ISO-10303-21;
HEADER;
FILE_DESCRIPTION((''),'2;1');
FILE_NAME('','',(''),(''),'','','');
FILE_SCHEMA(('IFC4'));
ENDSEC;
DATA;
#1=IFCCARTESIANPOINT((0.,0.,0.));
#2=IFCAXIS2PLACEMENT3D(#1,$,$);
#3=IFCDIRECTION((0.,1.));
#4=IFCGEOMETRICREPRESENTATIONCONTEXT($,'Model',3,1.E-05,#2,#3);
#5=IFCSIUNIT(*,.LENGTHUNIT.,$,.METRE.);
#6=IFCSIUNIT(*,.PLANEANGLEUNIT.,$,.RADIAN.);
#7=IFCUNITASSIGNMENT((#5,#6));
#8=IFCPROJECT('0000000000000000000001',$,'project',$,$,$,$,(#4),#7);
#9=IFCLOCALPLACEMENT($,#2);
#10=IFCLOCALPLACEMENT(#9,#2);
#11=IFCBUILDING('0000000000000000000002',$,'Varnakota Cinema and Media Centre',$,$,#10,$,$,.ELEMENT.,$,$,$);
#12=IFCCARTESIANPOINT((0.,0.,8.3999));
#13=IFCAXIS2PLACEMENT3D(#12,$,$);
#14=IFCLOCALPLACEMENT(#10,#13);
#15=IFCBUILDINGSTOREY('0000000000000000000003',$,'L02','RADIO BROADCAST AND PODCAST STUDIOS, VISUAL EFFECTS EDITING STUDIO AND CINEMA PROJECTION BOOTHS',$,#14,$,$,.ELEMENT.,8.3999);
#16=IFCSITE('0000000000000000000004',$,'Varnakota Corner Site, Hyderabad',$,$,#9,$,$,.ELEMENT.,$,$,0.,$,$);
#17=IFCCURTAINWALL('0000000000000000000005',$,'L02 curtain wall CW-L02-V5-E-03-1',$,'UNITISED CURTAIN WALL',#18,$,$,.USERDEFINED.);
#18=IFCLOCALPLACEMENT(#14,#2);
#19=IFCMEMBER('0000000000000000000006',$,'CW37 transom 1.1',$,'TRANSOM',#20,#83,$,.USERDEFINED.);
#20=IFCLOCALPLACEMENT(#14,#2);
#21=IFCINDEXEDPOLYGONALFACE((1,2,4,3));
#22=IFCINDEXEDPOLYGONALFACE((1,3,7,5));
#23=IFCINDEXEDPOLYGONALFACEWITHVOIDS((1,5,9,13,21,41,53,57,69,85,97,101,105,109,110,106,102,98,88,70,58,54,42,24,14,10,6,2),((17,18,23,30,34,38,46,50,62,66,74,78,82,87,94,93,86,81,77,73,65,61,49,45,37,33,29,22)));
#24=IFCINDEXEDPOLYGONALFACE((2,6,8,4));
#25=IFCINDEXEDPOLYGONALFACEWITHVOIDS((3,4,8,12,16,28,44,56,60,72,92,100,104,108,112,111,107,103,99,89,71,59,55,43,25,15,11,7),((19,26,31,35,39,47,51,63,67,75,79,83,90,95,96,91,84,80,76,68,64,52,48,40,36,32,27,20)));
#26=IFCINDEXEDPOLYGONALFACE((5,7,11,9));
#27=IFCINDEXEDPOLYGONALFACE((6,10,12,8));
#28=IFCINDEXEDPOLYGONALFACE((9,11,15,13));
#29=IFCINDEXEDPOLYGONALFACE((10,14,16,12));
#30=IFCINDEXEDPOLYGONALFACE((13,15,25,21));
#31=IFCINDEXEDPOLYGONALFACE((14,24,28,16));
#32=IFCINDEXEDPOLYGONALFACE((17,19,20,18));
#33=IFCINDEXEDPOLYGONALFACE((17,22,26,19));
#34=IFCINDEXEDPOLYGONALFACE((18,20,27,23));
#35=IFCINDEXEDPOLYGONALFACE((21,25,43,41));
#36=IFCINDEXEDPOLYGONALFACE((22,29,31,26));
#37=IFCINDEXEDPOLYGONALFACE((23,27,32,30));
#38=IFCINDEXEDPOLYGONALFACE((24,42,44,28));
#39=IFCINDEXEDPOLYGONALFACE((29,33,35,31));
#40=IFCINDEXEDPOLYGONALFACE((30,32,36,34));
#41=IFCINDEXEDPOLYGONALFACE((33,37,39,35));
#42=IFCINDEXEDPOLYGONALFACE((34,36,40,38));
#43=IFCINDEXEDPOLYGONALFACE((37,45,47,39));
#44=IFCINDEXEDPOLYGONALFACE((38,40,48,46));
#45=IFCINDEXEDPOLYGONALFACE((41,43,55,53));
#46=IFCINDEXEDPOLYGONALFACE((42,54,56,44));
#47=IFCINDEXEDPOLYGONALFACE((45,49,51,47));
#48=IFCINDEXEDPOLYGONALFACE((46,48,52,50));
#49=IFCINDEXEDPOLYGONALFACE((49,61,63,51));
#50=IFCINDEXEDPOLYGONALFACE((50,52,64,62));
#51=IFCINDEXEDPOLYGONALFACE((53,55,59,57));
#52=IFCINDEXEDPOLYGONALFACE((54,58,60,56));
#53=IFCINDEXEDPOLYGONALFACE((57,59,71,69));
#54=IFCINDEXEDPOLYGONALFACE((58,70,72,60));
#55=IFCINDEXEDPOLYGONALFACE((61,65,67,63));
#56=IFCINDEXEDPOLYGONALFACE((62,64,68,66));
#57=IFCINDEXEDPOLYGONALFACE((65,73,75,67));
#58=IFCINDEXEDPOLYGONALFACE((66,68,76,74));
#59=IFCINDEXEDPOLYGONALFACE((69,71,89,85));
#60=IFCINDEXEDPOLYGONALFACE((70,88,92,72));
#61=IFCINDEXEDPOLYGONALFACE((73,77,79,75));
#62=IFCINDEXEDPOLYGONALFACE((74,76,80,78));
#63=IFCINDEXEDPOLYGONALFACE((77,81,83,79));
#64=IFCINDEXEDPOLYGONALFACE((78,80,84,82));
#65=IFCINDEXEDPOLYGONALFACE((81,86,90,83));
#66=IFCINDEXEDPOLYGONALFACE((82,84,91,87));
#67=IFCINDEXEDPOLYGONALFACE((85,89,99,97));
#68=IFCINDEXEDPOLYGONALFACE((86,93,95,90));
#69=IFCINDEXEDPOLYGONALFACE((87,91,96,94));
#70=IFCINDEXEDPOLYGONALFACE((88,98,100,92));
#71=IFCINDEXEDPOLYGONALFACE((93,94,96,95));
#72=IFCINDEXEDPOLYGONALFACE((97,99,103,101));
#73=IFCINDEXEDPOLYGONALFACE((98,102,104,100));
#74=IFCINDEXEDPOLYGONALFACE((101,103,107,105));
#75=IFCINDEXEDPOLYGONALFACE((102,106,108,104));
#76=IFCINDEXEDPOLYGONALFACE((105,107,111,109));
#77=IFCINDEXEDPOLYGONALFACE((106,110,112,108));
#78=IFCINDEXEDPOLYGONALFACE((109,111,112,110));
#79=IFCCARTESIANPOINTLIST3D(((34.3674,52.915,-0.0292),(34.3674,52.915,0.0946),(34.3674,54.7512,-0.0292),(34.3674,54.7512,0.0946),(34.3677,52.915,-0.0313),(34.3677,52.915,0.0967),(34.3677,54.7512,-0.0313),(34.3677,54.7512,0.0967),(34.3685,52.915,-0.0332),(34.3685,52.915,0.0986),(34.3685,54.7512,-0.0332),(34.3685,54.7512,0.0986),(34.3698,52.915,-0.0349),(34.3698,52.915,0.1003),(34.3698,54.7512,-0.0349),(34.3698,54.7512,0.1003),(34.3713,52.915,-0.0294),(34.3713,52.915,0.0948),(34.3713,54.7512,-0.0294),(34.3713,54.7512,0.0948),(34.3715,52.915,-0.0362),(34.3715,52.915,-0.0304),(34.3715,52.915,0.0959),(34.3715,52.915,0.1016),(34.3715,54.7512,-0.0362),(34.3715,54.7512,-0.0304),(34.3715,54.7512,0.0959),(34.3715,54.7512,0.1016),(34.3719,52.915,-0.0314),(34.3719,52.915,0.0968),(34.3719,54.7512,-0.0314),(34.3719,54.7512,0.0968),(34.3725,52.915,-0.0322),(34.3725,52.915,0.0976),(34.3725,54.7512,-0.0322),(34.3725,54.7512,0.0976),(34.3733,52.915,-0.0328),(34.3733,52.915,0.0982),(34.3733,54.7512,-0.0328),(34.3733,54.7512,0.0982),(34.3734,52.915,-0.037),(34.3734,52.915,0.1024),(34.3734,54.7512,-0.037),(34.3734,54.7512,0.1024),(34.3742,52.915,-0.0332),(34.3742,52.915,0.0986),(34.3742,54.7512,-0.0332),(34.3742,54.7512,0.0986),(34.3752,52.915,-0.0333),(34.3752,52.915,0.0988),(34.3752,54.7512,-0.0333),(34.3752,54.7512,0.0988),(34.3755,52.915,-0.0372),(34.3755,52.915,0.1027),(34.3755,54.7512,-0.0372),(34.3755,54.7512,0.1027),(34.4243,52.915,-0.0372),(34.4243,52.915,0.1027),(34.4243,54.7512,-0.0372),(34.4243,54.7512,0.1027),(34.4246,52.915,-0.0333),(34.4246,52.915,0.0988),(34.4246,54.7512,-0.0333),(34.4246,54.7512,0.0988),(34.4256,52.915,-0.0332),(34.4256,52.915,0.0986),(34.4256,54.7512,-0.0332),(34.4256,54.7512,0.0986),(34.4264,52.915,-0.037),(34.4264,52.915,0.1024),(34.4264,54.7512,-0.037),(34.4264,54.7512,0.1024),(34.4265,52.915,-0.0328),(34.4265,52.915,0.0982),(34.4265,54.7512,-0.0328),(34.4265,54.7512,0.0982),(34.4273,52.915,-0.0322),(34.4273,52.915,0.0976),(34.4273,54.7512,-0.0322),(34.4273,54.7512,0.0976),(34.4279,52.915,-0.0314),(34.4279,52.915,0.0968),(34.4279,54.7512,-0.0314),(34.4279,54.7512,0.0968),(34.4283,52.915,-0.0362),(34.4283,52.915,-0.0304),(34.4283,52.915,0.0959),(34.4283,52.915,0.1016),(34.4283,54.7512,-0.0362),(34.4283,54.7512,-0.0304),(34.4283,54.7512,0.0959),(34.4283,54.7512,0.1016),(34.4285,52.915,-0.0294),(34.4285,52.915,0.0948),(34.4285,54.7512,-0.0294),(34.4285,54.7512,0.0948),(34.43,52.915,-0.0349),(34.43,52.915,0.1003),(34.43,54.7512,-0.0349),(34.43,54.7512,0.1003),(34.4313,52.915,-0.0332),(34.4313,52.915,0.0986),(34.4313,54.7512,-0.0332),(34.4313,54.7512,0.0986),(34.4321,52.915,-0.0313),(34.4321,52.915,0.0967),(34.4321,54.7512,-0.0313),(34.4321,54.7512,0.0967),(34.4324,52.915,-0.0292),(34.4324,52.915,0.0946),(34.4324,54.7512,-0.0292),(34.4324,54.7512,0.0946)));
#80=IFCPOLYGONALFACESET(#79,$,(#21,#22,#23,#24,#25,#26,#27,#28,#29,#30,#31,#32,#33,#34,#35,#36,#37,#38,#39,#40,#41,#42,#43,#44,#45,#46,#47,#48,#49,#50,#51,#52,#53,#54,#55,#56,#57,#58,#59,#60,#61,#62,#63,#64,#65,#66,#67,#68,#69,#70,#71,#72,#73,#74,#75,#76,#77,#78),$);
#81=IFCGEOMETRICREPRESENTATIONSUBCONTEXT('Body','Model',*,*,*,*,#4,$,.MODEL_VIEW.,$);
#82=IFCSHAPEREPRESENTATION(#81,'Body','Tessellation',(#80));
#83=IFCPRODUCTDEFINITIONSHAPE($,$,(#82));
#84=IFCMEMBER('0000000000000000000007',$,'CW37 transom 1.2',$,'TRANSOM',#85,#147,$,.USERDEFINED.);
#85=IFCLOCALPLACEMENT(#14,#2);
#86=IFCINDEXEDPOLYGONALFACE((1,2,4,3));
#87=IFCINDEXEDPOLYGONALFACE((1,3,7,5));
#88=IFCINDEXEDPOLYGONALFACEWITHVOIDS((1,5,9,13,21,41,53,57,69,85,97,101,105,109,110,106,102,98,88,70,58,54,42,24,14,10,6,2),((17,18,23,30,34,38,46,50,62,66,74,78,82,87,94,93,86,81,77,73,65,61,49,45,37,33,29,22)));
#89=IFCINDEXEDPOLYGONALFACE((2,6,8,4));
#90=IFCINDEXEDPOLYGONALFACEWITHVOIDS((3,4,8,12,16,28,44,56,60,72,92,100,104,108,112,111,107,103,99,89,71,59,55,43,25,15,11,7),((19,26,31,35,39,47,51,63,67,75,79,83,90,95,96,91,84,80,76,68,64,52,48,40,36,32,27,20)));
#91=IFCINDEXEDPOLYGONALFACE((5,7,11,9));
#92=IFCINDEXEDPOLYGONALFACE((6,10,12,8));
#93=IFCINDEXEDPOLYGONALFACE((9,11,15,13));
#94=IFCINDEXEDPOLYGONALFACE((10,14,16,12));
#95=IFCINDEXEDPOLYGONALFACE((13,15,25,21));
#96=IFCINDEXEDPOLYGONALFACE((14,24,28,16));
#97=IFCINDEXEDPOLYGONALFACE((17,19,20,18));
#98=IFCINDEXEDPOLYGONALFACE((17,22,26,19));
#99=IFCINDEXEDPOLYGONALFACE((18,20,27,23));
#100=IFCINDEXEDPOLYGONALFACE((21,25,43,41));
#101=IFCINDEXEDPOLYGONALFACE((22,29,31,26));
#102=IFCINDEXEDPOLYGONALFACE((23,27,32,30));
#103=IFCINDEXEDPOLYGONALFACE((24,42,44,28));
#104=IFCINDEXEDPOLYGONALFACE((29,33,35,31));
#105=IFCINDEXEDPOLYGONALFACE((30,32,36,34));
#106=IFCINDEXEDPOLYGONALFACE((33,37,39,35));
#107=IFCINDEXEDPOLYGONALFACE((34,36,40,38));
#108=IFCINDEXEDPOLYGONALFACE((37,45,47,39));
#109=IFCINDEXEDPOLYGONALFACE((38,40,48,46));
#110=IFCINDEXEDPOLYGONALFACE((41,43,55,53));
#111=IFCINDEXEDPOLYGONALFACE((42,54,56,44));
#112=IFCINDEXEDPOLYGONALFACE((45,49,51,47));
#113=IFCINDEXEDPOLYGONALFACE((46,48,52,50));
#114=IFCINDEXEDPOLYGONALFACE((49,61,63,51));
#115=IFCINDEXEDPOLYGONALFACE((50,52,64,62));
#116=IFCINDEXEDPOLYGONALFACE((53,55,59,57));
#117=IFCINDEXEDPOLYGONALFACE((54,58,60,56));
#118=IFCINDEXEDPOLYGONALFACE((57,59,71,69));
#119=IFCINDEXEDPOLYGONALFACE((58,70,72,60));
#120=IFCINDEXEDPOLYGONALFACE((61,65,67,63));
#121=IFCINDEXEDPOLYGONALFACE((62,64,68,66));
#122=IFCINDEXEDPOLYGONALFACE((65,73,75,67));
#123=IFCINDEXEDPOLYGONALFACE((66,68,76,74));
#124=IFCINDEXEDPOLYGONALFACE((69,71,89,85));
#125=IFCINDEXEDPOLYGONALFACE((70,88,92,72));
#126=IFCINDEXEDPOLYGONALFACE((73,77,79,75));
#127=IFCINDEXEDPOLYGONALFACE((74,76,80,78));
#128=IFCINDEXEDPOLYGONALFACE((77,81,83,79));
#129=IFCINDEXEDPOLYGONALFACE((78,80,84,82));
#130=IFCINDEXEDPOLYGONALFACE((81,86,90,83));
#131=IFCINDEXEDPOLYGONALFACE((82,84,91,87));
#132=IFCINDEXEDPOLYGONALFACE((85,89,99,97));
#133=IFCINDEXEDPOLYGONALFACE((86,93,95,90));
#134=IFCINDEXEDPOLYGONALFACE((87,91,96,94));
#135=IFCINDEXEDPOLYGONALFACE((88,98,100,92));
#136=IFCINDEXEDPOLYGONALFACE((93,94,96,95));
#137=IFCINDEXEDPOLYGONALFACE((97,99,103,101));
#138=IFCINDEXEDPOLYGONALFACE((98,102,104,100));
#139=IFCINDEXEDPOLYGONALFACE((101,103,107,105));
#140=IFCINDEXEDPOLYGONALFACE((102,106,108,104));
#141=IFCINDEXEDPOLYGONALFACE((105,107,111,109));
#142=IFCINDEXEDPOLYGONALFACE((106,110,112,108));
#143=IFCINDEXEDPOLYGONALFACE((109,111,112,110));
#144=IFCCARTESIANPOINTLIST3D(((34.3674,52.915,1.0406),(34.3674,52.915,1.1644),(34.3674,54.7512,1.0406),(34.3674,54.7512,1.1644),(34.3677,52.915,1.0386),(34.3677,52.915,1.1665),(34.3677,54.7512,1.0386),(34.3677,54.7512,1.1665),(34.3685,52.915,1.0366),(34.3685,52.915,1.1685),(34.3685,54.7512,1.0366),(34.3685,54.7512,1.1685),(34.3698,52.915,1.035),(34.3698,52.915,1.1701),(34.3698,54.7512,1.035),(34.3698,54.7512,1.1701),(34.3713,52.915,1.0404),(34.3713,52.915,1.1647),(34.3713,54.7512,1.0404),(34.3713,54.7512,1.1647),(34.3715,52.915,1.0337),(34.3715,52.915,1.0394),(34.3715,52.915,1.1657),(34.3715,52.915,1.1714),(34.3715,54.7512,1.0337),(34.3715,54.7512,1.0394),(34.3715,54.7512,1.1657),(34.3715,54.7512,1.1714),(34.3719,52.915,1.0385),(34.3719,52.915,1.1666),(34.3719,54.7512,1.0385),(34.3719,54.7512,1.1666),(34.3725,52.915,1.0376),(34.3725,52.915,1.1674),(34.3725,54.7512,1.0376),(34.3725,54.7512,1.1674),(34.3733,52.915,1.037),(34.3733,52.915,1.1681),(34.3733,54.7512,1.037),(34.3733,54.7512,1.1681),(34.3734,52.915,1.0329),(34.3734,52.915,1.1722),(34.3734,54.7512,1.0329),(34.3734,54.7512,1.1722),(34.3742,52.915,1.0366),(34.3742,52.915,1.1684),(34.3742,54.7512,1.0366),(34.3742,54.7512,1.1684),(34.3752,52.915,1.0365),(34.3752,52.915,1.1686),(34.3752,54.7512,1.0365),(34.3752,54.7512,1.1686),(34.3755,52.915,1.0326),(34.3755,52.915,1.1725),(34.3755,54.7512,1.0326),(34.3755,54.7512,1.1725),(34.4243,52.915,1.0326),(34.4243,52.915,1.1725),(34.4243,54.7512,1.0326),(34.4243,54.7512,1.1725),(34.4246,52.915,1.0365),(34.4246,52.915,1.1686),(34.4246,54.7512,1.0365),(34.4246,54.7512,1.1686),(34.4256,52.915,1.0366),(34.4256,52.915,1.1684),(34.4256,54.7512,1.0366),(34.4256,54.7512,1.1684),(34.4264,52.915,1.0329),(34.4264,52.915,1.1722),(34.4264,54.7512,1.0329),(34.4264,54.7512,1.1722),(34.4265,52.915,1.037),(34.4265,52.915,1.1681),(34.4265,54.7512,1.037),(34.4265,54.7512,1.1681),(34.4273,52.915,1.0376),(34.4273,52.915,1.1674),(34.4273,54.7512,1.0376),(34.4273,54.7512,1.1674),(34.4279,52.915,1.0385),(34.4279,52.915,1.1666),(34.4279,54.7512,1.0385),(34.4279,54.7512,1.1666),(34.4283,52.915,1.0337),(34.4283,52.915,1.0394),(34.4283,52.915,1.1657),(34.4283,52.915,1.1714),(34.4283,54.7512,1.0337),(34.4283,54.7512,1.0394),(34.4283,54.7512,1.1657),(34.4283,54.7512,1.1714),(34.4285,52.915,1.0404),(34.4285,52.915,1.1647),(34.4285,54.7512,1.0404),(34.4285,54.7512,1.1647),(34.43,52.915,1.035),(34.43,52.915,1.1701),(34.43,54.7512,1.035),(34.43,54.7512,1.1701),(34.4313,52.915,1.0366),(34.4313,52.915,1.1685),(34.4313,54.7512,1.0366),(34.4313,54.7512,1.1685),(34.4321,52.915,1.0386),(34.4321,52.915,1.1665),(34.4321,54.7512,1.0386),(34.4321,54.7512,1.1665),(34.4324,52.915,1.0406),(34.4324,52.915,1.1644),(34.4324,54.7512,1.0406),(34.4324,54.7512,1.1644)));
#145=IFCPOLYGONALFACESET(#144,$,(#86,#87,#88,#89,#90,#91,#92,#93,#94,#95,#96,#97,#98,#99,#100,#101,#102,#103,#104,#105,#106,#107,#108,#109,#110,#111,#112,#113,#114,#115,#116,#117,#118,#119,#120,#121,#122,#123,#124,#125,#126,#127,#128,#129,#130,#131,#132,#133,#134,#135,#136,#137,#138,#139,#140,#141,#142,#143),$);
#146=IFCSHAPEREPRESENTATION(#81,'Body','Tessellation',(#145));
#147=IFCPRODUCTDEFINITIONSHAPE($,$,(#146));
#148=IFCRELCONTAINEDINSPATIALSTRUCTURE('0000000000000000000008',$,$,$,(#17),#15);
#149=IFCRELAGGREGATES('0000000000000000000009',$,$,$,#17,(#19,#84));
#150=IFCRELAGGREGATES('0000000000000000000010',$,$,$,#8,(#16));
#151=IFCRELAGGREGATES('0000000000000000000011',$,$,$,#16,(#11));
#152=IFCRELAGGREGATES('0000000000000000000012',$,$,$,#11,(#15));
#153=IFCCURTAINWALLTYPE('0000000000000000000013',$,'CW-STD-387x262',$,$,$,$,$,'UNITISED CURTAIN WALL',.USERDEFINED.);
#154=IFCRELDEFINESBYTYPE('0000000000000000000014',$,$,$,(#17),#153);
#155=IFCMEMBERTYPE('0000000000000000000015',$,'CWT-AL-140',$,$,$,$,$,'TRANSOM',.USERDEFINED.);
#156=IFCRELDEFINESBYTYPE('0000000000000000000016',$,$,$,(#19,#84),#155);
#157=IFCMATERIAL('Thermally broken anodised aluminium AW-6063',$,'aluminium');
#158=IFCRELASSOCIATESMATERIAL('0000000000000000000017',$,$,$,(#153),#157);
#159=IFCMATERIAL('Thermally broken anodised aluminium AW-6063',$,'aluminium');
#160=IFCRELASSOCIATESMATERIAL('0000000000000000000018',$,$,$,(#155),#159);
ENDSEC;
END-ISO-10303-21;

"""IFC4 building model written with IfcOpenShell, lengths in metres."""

from ifc_helpers import new_model, si_unit, direction, frame, origin, origin_2d, place, context, subcontext, project, spatial, hollow_rectangle, extrude, material, material_profile, profile_set, type_object, element, aggregate, save


model = new_model("IFC4")

# Units and contexts
model_context = context("Model", 3, precision=1e-05, world=origin(), true_north=direction((0.0, 1.0)))
body_context = subcontext(model_context, "Body", "Model", "MODEL_VIEW")
ifc_project = project(units=[si_unit("LENGTHUNIT", "METRE"), si_unit("PLANEANGLEUNIT", "RADIAN")], contexts=[model_context])

# Site, building, storey
site_placement = place(None, origin())
site = spatial("IfcSite", under=ifc_project, at=site_placement, Name="Varnakota Corner Site, Hyderabad", CompositionType="ELEMENT", RefElevation=0.0)
building_placement = place(site_placement, origin())
building = spatial("IfcBuilding", under=site, at=building_placement, Name="Varnakota Cinema and Media Centre", CompositionType="ELEMENT")
storey_placement = place(building_placement, frame((0.0, 0.0, 8.3999)))
storey = spatial("IfcBuildingStorey", under=building, at=storey_placement, Name="L02", Description="RADIO BROADCAST AND PODCAST STUDIOS, VISUAL EFFECTS EDITING STUDIO AND CINEMA PROJECTION BOOTHS", CompositionType="ELEMENT", Elevation=8.3999)

# Curtain wall
ifc_material_1 = material(Name="Thermally broken anodised aluminium AW-6063", Category="aluminium")
curtain_wall_type_1 = type_object("IfcCurtainWallType", Name="CW-STD-387x262", ElementType="UNITISED CURTAIN WALL", PredefinedType="USERDEFINED", material=ifc_material_1)
curtain_wall_1_placement = place(storey_placement, origin())
curtain_wall_1 = element("IfcCurtainWall", 1, at=curtain_wall_1_placement, inside=storey, type_object=curtain_wall_type_1, Name="L02 curtain wall CW-L02-V5-E-03-1", ObjectType="UNITISED CURTAIN WALL", PredefinedType="USERDEFINED")

# Members
ifc_material_2 = material(Name="Thermally broken anodised aluminium AW-6063", Category="aluminium")
ifc_material_profile_1 = material_profile(ifc_material_2, hollow_rectangle(XDim=0.0649, YDim=0.1399, WallThickness=0.0039, InnerFilletRadius=0.0039, OuterFilletRadius=0.0081, at=origin_2d()), Name="AL-TRANSOM 140x65x4")
ifc_profile_set_1 = profile_set([ifc_material_profile_1], Name="Thermally broken anodised aluminium AW-6063")
member_type_1 = type_object("IfcMemberType", Name="CWT-AL-140", ElementType="TRANSOM", PredefinedType="USERDEFINED", material=ifc_profile_set_1)
member_1_placement = place(storey_placement, frame((34.3999, 52.915, 0.0327), z_axis=(0.0, 1.0, 0.0), x_axis=(-1.0, 0.0, 0.0)))
member_1 = element("IfcMember", 2, at=member_1_placement, type_object=member_type_1, Name="CW37 transom 1.1", ObjectType="TRANSOM", PredefinedType="USERDEFINED", context=body_context, shape_type="SweptSolid", body=[
    extrude(hollow_rectangle(XDim=0.0649, YDim=0.1399, WallThickness=0.0039, InnerFilletRadius=0.0039, OuterFilletRadius=0.0081, at=origin_2d()), origin(), (0.0, 0.0, 1.0), 1.8362),
])
member_2_placement = place(storey_placement, frame((34.3999, 52.915, 1.1025), z_axis=(0.0, 1.0, 0.0), x_axis=(-1.0, 0.0, 0.0)))
member_2 = element("IfcMember", 3, at=member_2_placement, type_object=member_type_1, Name="CW37 transom 1.2", ObjectType="TRANSOM", PredefinedType="USERDEFINED", context=body_context, shape_type="SweptSolid", body=[
    extrude(hollow_rectangle(XDim=0.0649, YDim=0.1399, WallThickness=0.0039, InnerFilletRadius=0.0039, OuterFilletRadius=0.0081, at=origin_2d()), origin(), (0.0, 0.0, 1.0), 1.8362),
])

aggregate(curtain_wall_1, [member_1, member_2])

save(model, "model.ifc")
